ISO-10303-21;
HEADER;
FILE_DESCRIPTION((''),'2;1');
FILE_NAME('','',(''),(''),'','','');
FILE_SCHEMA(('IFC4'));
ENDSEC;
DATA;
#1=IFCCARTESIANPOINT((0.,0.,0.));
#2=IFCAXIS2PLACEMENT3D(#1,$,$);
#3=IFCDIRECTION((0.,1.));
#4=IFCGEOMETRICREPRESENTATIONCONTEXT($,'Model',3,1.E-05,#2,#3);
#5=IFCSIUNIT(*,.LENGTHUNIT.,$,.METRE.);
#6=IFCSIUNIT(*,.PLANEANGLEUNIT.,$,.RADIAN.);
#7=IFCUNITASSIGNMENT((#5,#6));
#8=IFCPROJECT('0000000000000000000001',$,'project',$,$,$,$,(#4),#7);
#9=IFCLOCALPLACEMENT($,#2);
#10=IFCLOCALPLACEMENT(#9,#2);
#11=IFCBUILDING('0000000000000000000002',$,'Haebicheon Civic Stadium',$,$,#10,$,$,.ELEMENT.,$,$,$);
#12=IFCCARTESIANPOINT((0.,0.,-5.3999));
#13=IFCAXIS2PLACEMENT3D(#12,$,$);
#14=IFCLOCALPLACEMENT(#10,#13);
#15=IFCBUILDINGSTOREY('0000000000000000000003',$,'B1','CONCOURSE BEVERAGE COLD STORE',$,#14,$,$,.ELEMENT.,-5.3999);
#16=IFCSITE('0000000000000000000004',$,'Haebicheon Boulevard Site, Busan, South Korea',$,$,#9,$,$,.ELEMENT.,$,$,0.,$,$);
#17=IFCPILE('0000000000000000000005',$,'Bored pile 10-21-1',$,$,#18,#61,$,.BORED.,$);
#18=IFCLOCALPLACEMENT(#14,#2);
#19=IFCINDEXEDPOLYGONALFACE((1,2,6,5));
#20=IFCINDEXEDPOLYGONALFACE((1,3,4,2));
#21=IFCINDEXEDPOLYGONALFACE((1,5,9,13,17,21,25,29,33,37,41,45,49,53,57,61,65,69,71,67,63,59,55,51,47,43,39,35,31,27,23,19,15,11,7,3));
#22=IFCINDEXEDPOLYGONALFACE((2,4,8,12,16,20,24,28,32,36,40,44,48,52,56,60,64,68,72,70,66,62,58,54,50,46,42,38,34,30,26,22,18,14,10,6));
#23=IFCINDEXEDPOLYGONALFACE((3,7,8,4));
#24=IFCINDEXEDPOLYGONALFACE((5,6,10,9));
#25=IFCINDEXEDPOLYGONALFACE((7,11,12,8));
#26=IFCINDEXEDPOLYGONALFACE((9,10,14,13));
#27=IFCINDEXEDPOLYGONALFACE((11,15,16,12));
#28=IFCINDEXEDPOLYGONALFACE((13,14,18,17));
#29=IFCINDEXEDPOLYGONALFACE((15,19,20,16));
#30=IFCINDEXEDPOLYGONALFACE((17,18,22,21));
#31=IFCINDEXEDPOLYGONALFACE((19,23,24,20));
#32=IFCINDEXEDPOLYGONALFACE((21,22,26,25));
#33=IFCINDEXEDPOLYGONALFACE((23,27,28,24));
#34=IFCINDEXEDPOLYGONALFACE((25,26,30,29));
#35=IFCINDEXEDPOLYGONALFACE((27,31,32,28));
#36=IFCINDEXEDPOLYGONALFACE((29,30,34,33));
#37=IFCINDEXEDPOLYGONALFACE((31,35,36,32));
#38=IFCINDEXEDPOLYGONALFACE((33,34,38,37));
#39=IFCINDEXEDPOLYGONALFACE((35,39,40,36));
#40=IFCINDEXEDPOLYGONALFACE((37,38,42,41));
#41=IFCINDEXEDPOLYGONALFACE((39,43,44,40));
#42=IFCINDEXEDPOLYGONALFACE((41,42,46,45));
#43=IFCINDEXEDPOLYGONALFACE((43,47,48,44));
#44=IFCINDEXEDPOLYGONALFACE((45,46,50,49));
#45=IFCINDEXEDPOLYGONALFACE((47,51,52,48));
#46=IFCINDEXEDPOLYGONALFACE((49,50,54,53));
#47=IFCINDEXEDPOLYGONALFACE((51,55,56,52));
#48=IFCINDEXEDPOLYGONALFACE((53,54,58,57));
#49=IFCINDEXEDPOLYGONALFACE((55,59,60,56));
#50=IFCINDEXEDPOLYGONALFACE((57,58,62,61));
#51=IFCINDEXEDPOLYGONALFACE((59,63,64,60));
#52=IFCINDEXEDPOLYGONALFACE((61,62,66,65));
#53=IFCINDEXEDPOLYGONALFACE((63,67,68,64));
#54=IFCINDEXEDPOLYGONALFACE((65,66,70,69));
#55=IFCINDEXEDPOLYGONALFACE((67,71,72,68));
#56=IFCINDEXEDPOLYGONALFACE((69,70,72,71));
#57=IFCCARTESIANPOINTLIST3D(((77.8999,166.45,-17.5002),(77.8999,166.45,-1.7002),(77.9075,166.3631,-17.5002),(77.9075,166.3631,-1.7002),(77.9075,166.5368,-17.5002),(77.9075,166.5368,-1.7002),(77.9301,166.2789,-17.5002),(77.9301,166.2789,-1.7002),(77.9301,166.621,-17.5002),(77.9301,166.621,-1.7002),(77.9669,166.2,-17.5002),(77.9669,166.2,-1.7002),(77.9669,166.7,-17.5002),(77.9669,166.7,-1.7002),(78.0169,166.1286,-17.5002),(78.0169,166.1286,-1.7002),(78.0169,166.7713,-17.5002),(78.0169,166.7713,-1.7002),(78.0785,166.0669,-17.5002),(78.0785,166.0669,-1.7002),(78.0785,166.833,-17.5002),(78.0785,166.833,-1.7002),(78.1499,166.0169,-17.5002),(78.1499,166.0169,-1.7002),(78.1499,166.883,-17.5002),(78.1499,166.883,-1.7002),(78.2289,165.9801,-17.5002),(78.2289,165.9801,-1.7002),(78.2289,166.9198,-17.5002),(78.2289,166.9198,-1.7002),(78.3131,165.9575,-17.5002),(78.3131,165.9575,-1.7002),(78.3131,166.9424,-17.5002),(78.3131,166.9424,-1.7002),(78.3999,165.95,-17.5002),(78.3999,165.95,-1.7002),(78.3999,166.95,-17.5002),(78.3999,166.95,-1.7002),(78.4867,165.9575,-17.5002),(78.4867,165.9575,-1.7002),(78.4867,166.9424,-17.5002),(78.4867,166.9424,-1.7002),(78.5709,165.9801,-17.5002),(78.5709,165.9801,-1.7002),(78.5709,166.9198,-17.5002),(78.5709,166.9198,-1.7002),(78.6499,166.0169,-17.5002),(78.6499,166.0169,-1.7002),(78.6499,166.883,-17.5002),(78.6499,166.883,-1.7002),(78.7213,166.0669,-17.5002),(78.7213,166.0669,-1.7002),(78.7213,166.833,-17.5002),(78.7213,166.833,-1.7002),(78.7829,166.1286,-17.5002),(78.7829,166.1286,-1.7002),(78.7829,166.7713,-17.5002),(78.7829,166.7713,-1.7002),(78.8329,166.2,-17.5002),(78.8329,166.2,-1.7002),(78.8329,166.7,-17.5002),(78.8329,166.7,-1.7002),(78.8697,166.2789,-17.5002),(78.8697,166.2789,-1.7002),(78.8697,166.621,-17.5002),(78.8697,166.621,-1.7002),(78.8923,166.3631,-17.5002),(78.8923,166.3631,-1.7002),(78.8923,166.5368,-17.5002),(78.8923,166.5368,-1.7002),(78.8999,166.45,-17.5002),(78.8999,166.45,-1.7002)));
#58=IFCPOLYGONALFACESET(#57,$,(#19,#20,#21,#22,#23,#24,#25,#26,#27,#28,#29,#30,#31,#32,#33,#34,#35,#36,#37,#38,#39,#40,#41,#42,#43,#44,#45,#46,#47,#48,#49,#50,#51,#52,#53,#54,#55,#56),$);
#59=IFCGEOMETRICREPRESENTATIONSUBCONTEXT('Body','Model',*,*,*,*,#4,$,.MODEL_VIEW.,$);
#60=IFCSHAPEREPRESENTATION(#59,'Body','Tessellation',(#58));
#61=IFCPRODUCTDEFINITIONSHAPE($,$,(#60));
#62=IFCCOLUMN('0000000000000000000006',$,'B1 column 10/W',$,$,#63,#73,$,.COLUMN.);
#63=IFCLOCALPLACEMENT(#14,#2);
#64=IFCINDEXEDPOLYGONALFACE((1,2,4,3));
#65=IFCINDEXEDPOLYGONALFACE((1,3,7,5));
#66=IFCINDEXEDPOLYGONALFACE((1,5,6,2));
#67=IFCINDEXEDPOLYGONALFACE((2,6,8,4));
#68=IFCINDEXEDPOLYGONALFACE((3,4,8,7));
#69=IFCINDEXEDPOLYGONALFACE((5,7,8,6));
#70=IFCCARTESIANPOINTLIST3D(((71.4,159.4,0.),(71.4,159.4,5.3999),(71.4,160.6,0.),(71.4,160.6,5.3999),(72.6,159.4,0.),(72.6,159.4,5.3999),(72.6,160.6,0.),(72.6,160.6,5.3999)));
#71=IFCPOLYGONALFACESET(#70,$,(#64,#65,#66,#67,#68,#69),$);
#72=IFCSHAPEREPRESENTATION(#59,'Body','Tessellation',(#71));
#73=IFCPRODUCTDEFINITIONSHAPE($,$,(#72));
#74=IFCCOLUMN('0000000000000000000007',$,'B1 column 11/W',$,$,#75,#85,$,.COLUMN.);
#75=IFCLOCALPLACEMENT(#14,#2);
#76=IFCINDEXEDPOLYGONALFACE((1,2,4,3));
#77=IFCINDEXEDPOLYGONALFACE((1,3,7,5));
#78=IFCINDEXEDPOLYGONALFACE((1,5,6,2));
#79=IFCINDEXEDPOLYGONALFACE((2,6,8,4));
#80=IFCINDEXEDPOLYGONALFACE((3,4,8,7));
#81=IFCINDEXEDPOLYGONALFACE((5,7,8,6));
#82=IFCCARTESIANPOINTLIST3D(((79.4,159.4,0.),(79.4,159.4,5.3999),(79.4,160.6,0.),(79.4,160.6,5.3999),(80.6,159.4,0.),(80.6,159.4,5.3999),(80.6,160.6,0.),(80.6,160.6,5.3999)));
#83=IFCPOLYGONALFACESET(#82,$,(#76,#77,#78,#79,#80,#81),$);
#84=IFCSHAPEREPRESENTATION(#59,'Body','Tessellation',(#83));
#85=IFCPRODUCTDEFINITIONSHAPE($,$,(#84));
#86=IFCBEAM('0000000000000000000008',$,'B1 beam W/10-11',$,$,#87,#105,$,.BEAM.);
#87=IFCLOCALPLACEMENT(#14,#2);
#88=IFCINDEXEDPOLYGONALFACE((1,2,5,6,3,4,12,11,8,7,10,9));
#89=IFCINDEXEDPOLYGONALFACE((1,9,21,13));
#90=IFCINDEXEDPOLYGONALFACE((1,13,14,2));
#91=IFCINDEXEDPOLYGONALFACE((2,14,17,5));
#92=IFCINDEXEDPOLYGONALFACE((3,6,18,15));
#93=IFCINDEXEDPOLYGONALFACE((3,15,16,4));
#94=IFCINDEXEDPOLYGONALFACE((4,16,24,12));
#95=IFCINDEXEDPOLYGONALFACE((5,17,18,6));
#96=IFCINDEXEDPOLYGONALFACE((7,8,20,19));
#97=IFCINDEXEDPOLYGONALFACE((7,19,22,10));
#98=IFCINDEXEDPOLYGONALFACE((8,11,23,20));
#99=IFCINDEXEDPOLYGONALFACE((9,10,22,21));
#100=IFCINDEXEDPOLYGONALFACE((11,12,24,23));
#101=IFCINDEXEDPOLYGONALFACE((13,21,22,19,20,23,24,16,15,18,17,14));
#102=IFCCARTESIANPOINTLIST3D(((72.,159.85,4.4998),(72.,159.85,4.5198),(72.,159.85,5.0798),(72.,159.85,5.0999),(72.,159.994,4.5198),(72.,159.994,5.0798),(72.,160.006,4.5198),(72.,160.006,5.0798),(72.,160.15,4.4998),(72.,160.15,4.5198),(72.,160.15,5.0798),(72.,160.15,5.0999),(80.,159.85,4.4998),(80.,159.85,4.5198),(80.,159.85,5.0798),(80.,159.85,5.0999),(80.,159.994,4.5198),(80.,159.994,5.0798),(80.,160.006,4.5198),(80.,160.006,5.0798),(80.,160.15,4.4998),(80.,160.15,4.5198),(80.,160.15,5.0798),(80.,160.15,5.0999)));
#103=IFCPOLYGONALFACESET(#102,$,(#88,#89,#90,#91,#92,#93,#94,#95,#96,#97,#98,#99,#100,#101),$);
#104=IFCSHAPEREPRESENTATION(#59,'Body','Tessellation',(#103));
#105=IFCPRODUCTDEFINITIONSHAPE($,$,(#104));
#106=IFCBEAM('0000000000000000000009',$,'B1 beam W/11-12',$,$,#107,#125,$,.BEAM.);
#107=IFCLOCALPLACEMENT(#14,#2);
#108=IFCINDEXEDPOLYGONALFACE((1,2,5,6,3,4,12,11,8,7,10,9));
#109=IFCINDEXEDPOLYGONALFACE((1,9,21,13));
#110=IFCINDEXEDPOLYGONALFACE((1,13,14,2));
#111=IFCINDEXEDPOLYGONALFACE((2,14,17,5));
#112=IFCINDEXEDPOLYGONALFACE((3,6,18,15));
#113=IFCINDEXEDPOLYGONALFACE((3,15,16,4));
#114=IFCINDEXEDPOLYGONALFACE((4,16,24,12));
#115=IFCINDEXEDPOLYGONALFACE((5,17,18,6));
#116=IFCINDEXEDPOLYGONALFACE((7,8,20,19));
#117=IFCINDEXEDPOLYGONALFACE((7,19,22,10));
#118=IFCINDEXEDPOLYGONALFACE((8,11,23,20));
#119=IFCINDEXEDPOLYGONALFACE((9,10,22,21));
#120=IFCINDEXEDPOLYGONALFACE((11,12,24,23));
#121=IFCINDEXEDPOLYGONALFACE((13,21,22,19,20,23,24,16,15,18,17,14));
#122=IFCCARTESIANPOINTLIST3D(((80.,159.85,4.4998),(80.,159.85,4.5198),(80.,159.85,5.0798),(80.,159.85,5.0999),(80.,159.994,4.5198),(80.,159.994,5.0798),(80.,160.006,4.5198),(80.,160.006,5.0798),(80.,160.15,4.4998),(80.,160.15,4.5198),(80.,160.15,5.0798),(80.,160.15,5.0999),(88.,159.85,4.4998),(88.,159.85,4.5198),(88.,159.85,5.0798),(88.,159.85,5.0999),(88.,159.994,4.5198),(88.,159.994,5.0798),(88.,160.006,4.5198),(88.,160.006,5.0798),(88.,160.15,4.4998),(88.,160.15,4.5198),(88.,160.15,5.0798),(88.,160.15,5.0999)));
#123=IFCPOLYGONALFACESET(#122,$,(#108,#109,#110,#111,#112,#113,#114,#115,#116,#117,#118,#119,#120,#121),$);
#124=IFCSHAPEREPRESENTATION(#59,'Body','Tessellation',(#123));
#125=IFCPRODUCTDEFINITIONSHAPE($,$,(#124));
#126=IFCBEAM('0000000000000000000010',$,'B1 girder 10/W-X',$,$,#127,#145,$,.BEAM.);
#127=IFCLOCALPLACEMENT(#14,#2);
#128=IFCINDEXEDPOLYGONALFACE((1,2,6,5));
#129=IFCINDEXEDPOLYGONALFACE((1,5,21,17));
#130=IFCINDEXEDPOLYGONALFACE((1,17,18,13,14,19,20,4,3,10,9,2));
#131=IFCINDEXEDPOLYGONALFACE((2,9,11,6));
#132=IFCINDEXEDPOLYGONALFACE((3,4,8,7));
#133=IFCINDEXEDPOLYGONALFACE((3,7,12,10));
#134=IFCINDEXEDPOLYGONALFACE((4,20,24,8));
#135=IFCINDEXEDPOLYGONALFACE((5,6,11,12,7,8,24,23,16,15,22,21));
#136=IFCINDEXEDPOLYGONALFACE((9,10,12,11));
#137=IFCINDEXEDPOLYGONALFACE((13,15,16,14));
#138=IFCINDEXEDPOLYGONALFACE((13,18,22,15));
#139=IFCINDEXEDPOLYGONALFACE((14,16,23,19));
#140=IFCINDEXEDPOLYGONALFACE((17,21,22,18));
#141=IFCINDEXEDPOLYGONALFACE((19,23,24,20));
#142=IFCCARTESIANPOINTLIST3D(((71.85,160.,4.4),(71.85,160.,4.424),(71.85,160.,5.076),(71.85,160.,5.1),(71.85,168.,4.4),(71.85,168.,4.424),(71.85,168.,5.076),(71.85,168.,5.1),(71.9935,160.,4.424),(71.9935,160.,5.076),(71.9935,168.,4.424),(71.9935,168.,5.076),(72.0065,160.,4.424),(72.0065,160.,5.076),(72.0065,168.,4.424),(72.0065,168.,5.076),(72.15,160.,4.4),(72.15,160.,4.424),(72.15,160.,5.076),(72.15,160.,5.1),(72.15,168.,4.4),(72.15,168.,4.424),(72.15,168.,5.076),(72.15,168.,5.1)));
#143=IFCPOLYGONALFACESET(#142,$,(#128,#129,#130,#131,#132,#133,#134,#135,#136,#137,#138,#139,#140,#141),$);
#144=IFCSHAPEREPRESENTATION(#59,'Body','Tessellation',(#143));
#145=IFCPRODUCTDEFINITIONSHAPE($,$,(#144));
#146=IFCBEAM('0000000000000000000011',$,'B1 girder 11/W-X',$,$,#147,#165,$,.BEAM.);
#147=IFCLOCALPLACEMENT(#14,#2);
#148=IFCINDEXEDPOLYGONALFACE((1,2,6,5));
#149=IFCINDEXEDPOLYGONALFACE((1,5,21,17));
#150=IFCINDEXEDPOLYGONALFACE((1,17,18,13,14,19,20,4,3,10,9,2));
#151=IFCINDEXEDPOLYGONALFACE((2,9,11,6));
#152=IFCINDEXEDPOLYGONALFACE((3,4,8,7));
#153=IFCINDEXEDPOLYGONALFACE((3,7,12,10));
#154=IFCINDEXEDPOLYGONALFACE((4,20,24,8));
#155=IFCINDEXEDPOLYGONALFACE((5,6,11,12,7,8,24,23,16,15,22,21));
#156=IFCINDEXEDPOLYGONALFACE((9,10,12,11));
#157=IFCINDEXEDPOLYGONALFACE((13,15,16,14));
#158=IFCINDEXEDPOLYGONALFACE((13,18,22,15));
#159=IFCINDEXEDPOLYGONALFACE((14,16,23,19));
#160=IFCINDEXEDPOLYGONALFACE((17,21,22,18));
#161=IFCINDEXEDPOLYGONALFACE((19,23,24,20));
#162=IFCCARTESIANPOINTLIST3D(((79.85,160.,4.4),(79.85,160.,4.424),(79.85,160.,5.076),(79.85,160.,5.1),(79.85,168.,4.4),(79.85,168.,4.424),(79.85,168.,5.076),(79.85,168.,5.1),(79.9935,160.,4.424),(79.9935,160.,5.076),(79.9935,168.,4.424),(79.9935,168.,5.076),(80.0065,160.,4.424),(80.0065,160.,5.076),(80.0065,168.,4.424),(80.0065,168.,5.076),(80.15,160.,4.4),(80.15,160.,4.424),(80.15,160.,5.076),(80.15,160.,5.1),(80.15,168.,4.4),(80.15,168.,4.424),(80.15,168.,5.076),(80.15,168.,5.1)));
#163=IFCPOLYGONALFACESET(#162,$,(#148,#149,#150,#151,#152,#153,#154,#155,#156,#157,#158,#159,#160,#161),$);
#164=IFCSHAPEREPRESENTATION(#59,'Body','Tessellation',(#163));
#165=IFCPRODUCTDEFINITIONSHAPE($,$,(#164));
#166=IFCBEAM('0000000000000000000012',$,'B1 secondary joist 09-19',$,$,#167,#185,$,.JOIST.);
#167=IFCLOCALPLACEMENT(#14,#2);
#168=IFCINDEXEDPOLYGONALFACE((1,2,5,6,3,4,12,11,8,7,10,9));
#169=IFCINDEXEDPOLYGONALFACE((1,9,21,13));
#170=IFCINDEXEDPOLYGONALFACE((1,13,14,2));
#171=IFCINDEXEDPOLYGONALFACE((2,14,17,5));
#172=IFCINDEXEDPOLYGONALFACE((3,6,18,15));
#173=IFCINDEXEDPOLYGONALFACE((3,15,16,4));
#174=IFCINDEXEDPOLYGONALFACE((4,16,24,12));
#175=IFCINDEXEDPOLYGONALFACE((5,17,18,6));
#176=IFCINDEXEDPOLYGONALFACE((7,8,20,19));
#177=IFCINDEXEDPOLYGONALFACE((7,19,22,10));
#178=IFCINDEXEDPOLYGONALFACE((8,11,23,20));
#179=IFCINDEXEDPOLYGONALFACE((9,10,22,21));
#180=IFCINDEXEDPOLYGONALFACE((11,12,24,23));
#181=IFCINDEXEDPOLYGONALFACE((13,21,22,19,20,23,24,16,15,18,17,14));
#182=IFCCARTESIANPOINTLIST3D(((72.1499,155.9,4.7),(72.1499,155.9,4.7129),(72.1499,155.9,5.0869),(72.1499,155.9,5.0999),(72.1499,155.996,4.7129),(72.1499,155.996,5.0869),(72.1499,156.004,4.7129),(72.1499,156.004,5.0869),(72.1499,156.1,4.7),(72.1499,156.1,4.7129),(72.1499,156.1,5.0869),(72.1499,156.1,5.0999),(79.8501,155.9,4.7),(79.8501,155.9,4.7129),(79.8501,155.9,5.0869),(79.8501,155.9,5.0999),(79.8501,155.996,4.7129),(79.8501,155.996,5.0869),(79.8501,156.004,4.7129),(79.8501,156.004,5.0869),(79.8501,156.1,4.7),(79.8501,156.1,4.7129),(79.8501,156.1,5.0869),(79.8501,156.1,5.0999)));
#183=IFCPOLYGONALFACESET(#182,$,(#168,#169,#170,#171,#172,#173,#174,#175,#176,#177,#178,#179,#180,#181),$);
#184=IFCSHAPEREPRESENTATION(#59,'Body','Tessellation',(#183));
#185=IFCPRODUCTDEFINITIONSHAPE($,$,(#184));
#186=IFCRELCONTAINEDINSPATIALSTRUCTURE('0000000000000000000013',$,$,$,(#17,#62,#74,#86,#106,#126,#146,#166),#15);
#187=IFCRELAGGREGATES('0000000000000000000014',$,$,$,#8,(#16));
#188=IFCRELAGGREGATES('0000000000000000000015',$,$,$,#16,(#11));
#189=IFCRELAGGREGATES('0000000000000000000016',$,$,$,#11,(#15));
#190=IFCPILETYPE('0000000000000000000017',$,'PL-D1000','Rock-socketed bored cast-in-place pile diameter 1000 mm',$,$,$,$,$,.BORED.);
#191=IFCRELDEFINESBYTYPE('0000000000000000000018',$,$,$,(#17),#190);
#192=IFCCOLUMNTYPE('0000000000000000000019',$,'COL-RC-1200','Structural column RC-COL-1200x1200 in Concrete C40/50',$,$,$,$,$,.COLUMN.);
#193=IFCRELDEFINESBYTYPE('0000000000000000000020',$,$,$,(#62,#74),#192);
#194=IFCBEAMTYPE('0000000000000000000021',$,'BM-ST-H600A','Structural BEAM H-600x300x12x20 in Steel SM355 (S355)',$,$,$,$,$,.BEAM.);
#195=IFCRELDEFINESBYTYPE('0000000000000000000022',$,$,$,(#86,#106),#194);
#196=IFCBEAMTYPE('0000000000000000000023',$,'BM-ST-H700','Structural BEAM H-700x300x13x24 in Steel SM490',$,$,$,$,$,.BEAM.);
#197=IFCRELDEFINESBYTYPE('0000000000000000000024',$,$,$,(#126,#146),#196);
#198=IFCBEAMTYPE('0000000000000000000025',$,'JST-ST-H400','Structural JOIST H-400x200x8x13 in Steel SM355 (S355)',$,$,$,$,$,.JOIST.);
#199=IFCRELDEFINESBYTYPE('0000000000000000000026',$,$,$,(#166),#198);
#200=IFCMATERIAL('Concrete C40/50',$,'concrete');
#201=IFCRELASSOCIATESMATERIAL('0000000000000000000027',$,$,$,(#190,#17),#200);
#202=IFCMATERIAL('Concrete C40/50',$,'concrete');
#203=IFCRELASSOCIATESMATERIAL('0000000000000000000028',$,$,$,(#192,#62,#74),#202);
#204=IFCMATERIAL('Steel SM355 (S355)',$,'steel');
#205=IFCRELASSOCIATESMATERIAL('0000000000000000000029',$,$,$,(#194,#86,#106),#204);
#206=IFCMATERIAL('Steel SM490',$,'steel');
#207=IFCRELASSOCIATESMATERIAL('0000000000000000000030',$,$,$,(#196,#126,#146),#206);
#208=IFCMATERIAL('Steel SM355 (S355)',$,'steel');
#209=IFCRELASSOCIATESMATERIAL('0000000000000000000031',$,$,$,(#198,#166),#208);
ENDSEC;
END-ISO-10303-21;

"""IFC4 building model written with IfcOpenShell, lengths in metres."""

from ifc_helpers import new_model, si_unit, direction, frame, origin, origin_2d, place, context, subcontext, project, spatial, rectangle, circle, i_section, extrude, material, material_profile, profile_set, type_object, element, save


model = new_model("IFC4")

# Units and contexts
model_context = context("Model", 3, precision=1e-05, world=origin(), true_north=direction((0.0, 1.0)))
body_context = subcontext(model_context, "Body", "Model", "MODEL_VIEW")
ifc_project = project(units=[si_unit("LENGTHUNIT", "METRE"), si_unit("PLANEANGLEUNIT", "RADIAN")], contexts=[model_context])

# Site, building, storey
site_placement = place(None, origin())
site = spatial("IfcSite", under=ifc_project, at=site_placement, Name="Haebicheon Boulevard Site, Busan, South Korea", CompositionType="ELEMENT", RefElevation=0.0)
building_placement = place(site_placement, origin())
building = spatial("IfcBuilding", under=site, at=building_placement, Name="Haebicheon Civic Stadium", CompositionType="ELEMENT")
storey_placement = place(building_placement, frame((0.0, 0.0, -5.3999)))
storey = spatial("IfcBuildingStorey", under=building, at=storey_placement, Name="B1", Description="CONCOURSE BEVERAGE COLD STORE", CompositionType="ELEMENT", Elevation=-5.3999)

# Pile
ifc_material_1 = material(Name="Concrete C40/50", Category="concrete")
ifc_material_profile_1 = material_profile(ifc_material_1, circle(Radius=0.5, at=origin_2d()), Name="PILE-D1000")
ifc_profile_set_1 = profile_set([ifc_material_profile_1], Name="Concrete C40/50")
pile_type = type_object("IfcPileType", Name="PL-D1000", Description="Rock-socketed bored cast-in-place pile diameter 1000 mm", PredefinedType="BORED", material=ifc_profile_set_1)
for number, where, z_axis, x_axis, name in (
    (1, (78.3999, 166.45, -1.7002), (0.0, 0.0, -1.0), (1.0, 0.0, 0.0), "Bored pile 10-21-1"),
):
    element("IfcPile", number, at=place(storey_placement, frame(where, z_axis=z_axis, x_axis=x_axis)), inside=storey, type_object=pile_type, material=ifc_profile_set_1, Name=name, PredefinedType="BORED", context=body_context, shape_type="SweptSolid", body=[
        extrude(circle(Radius=0.5, at=origin_2d()), origin(), (0.0, 0.0, 1.0), 15.8),
    ])

# Columns
ifc_material_2 = material(Name="Concrete C40/50", Category="concrete")
ifc_material_profile_2 = material_profile(ifc_material_2, rectangle(XDim=1.2, YDim=1.2, at=origin_2d()), Name="RC-COL-1200x1200")
ifc_profile_set_2 = profile_set([ifc_material_profile_2], Name="Concrete C40/50")
column_type = type_object("IfcColumnType", Name="COL-RC-1200", Description="Structural column RC-COL-1200x1200 in Concrete C40/50", PredefinedType="COLUMN", material=ifc_profile_set_2)
for number, where, z_axis, x_axis, name in (
    (2, (72.0, 160.0, 0.0), (0.0, 0.0, 1.0), (1.0, 0.0, 0.0), "B1 column 10/W"),
    (3, (80.0, 160.0, 0.0), (0.0, 0.0, 1.0), (1.0, 0.0, 0.0), "B1 column 11/W"),
):
    element("IfcColumn", number, at=place(storey_placement, frame(where, z_axis=z_axis, x_axis=x_axis)), inside=storey, type_object=column_type, material=ifc_profile_set_2, Name=name, PredefinedType="COLUMN", context=body_context, shape_type="SweptSolid", body=[
        extrude(rectangle(XDim=1.2, YDim=1.2, at=origin_2d()), origin(), (0.0, 0.0, 1.0), 5.3999),
    ])

# Beams
ifc_material_3 = material(Name="Steel SM355 (S355)", Category="steel")
ifc_material_profile_3 = material_profile(ifc_material_3, i_section(OverallWidth=0.3, OverallDepth=0.6001, WebThickness=0.012, FlangeThickness=0.02, at=origin_2d()), Name="H-600x300x12x20")
ifc_profile_set_3 = profile_set([ifc_material_profile_3], Name="Steel SM355 (S355)")
beam_type_1 = type_object("IfcBeamType", Name="BM-ST-H600A", Description="Structural BEAM H-600x300x12x20 in Steel SM355 (S355)", PredefinedType="BEAM", material=ifc_profile_set_3)
for number, where, z_axis, x_axis, name in (
    (4, (72.0, 160.0, 4.7998), (1.0, 0.0, 0.0), (0.0, 1.0, 0.0), "B1 beam W/10-11"),
    (5, (80.0, 160.0, 4.7998), (1.0, 0.0, 0.0), (0.0, 1.0, 0.0), "B1 beam W/11-12"),
):
    element("IfcBeam", number, at=place(storey_placement, frame(where, z_axis=z_axis, x_axis=x_axis)), inside=storey, type_object=beam_type_1, material=ifc_profile_set_3, Name=name, PredefinedType="BEAM", context=body_context, shape_type="SweptSolid", body=[
        extrude(i_section(OverallWidth=0.3, OverallDepth=0.6001, WebThickness=0.012, FlangeThickness=0.02, at=origin_2d()), origin(), (0.0, 0.0, 1.0), 8.0),
    ])
ifc_material_4 = material(Name="Steel SM490", Category="steel")
ifc_material_profile_4 = material_profile(ifc_material_4, i_section(OverallWidth=0.3, OverallDepth=0.7, WebThickness=0.0129, FlangeThickness=0.0239, at=origin_2d()), Name="H-700x300x13x24")
ifc_profile_set_4 = profile_set([ifc_material_profile_4], Name="Steel SM490")
beam_type_2 = type_object("IfcBeamType", Name="BM-ST-H700", Description="Structural BEAM H-700x300x13x24 in Steel SM490", PredefinedType="BEAM", material=ifc_profile_set_4)
for number, where, z_axis, x_axis, name in (
    (6, (72.0, 160.0, 4.75), (0.0, 1.0, 0.0), (-1.0, 0.0, 0.0), "B1 girder 10/W-X"),
    (7, (80.0, 160.0, 4.75), (0.0, 1.0, 0.0), (-1.0, 0.0, 0.0), "B1 girder 11/W-X"),
):
    element("IfcBeam", number, at=place(storey_placement, frame(where, z_axis=z_axis, x_axis=x_axis)), inside=storey, type_object=beam_type_2, material=ifc_profile_set_4, Name=name, PredefinedType="BEAM", context=body_context, shape_type="SweptSolid", body=[
        extrude(i_section(OverallWidth=0.3, OverallDepth=0.7, WebThickness=0.0129, FlangeThickness=0.0239, at=origin_2d()), origin(), (0.0, 0.0, 1.0), 8.0),
    ])
ifc_material_5 = material(Name="Steel SM355 (S355)", Category="steel")
ifc_material_profile_5 = material_profile(ifc_material_5, i_section(OverallWidth=0.2, OverallDepth=0.3999, WebThickness=0.0081, FlangeThickness=0.0129, at=origin_2d()), Name="H-400x200x8x13")
ifc_profile_set_5 = profile_set([ifc_material_profile_5], Name="Steel SM355 (S355)")
beam_type_3 = type_object("IfcBeamType", Name="JST-ST-H400", Description="Structural JOIST H-400x200x8x13 in Steel SM355 (S355)", PredefinedType="JOIST", material=ifc_profile_set_5)
for number, where, z_axis, x_axis, name in (
    (8, (72.1499, 156.0, 4.8999), (1.0, 0.0, 0.0), (0.0, 1.0, 0.0), "B1 secondary joist 09-19"),
):
    element("IfcBeam", number, at=place(storey_placement, frame(where, z_axis=z_axis, x_axis=x_axis)), inside=storey, type_object=beam_type_3, material=ifc_profile_set_5, Name=name, PredefinedType="JOIST", context=body_context, shape_type="SweptSolid", body=[
        extrude(i_section(OverallWidth=0.2, OverallDepth=0.3999, WebThickness=0.0081, FlangeThickness=0.0129, at=origin_2d()), origin(), (0.0, 0.0, 1.0), 7.7002),
    ])

save(model, "model.ifc")
